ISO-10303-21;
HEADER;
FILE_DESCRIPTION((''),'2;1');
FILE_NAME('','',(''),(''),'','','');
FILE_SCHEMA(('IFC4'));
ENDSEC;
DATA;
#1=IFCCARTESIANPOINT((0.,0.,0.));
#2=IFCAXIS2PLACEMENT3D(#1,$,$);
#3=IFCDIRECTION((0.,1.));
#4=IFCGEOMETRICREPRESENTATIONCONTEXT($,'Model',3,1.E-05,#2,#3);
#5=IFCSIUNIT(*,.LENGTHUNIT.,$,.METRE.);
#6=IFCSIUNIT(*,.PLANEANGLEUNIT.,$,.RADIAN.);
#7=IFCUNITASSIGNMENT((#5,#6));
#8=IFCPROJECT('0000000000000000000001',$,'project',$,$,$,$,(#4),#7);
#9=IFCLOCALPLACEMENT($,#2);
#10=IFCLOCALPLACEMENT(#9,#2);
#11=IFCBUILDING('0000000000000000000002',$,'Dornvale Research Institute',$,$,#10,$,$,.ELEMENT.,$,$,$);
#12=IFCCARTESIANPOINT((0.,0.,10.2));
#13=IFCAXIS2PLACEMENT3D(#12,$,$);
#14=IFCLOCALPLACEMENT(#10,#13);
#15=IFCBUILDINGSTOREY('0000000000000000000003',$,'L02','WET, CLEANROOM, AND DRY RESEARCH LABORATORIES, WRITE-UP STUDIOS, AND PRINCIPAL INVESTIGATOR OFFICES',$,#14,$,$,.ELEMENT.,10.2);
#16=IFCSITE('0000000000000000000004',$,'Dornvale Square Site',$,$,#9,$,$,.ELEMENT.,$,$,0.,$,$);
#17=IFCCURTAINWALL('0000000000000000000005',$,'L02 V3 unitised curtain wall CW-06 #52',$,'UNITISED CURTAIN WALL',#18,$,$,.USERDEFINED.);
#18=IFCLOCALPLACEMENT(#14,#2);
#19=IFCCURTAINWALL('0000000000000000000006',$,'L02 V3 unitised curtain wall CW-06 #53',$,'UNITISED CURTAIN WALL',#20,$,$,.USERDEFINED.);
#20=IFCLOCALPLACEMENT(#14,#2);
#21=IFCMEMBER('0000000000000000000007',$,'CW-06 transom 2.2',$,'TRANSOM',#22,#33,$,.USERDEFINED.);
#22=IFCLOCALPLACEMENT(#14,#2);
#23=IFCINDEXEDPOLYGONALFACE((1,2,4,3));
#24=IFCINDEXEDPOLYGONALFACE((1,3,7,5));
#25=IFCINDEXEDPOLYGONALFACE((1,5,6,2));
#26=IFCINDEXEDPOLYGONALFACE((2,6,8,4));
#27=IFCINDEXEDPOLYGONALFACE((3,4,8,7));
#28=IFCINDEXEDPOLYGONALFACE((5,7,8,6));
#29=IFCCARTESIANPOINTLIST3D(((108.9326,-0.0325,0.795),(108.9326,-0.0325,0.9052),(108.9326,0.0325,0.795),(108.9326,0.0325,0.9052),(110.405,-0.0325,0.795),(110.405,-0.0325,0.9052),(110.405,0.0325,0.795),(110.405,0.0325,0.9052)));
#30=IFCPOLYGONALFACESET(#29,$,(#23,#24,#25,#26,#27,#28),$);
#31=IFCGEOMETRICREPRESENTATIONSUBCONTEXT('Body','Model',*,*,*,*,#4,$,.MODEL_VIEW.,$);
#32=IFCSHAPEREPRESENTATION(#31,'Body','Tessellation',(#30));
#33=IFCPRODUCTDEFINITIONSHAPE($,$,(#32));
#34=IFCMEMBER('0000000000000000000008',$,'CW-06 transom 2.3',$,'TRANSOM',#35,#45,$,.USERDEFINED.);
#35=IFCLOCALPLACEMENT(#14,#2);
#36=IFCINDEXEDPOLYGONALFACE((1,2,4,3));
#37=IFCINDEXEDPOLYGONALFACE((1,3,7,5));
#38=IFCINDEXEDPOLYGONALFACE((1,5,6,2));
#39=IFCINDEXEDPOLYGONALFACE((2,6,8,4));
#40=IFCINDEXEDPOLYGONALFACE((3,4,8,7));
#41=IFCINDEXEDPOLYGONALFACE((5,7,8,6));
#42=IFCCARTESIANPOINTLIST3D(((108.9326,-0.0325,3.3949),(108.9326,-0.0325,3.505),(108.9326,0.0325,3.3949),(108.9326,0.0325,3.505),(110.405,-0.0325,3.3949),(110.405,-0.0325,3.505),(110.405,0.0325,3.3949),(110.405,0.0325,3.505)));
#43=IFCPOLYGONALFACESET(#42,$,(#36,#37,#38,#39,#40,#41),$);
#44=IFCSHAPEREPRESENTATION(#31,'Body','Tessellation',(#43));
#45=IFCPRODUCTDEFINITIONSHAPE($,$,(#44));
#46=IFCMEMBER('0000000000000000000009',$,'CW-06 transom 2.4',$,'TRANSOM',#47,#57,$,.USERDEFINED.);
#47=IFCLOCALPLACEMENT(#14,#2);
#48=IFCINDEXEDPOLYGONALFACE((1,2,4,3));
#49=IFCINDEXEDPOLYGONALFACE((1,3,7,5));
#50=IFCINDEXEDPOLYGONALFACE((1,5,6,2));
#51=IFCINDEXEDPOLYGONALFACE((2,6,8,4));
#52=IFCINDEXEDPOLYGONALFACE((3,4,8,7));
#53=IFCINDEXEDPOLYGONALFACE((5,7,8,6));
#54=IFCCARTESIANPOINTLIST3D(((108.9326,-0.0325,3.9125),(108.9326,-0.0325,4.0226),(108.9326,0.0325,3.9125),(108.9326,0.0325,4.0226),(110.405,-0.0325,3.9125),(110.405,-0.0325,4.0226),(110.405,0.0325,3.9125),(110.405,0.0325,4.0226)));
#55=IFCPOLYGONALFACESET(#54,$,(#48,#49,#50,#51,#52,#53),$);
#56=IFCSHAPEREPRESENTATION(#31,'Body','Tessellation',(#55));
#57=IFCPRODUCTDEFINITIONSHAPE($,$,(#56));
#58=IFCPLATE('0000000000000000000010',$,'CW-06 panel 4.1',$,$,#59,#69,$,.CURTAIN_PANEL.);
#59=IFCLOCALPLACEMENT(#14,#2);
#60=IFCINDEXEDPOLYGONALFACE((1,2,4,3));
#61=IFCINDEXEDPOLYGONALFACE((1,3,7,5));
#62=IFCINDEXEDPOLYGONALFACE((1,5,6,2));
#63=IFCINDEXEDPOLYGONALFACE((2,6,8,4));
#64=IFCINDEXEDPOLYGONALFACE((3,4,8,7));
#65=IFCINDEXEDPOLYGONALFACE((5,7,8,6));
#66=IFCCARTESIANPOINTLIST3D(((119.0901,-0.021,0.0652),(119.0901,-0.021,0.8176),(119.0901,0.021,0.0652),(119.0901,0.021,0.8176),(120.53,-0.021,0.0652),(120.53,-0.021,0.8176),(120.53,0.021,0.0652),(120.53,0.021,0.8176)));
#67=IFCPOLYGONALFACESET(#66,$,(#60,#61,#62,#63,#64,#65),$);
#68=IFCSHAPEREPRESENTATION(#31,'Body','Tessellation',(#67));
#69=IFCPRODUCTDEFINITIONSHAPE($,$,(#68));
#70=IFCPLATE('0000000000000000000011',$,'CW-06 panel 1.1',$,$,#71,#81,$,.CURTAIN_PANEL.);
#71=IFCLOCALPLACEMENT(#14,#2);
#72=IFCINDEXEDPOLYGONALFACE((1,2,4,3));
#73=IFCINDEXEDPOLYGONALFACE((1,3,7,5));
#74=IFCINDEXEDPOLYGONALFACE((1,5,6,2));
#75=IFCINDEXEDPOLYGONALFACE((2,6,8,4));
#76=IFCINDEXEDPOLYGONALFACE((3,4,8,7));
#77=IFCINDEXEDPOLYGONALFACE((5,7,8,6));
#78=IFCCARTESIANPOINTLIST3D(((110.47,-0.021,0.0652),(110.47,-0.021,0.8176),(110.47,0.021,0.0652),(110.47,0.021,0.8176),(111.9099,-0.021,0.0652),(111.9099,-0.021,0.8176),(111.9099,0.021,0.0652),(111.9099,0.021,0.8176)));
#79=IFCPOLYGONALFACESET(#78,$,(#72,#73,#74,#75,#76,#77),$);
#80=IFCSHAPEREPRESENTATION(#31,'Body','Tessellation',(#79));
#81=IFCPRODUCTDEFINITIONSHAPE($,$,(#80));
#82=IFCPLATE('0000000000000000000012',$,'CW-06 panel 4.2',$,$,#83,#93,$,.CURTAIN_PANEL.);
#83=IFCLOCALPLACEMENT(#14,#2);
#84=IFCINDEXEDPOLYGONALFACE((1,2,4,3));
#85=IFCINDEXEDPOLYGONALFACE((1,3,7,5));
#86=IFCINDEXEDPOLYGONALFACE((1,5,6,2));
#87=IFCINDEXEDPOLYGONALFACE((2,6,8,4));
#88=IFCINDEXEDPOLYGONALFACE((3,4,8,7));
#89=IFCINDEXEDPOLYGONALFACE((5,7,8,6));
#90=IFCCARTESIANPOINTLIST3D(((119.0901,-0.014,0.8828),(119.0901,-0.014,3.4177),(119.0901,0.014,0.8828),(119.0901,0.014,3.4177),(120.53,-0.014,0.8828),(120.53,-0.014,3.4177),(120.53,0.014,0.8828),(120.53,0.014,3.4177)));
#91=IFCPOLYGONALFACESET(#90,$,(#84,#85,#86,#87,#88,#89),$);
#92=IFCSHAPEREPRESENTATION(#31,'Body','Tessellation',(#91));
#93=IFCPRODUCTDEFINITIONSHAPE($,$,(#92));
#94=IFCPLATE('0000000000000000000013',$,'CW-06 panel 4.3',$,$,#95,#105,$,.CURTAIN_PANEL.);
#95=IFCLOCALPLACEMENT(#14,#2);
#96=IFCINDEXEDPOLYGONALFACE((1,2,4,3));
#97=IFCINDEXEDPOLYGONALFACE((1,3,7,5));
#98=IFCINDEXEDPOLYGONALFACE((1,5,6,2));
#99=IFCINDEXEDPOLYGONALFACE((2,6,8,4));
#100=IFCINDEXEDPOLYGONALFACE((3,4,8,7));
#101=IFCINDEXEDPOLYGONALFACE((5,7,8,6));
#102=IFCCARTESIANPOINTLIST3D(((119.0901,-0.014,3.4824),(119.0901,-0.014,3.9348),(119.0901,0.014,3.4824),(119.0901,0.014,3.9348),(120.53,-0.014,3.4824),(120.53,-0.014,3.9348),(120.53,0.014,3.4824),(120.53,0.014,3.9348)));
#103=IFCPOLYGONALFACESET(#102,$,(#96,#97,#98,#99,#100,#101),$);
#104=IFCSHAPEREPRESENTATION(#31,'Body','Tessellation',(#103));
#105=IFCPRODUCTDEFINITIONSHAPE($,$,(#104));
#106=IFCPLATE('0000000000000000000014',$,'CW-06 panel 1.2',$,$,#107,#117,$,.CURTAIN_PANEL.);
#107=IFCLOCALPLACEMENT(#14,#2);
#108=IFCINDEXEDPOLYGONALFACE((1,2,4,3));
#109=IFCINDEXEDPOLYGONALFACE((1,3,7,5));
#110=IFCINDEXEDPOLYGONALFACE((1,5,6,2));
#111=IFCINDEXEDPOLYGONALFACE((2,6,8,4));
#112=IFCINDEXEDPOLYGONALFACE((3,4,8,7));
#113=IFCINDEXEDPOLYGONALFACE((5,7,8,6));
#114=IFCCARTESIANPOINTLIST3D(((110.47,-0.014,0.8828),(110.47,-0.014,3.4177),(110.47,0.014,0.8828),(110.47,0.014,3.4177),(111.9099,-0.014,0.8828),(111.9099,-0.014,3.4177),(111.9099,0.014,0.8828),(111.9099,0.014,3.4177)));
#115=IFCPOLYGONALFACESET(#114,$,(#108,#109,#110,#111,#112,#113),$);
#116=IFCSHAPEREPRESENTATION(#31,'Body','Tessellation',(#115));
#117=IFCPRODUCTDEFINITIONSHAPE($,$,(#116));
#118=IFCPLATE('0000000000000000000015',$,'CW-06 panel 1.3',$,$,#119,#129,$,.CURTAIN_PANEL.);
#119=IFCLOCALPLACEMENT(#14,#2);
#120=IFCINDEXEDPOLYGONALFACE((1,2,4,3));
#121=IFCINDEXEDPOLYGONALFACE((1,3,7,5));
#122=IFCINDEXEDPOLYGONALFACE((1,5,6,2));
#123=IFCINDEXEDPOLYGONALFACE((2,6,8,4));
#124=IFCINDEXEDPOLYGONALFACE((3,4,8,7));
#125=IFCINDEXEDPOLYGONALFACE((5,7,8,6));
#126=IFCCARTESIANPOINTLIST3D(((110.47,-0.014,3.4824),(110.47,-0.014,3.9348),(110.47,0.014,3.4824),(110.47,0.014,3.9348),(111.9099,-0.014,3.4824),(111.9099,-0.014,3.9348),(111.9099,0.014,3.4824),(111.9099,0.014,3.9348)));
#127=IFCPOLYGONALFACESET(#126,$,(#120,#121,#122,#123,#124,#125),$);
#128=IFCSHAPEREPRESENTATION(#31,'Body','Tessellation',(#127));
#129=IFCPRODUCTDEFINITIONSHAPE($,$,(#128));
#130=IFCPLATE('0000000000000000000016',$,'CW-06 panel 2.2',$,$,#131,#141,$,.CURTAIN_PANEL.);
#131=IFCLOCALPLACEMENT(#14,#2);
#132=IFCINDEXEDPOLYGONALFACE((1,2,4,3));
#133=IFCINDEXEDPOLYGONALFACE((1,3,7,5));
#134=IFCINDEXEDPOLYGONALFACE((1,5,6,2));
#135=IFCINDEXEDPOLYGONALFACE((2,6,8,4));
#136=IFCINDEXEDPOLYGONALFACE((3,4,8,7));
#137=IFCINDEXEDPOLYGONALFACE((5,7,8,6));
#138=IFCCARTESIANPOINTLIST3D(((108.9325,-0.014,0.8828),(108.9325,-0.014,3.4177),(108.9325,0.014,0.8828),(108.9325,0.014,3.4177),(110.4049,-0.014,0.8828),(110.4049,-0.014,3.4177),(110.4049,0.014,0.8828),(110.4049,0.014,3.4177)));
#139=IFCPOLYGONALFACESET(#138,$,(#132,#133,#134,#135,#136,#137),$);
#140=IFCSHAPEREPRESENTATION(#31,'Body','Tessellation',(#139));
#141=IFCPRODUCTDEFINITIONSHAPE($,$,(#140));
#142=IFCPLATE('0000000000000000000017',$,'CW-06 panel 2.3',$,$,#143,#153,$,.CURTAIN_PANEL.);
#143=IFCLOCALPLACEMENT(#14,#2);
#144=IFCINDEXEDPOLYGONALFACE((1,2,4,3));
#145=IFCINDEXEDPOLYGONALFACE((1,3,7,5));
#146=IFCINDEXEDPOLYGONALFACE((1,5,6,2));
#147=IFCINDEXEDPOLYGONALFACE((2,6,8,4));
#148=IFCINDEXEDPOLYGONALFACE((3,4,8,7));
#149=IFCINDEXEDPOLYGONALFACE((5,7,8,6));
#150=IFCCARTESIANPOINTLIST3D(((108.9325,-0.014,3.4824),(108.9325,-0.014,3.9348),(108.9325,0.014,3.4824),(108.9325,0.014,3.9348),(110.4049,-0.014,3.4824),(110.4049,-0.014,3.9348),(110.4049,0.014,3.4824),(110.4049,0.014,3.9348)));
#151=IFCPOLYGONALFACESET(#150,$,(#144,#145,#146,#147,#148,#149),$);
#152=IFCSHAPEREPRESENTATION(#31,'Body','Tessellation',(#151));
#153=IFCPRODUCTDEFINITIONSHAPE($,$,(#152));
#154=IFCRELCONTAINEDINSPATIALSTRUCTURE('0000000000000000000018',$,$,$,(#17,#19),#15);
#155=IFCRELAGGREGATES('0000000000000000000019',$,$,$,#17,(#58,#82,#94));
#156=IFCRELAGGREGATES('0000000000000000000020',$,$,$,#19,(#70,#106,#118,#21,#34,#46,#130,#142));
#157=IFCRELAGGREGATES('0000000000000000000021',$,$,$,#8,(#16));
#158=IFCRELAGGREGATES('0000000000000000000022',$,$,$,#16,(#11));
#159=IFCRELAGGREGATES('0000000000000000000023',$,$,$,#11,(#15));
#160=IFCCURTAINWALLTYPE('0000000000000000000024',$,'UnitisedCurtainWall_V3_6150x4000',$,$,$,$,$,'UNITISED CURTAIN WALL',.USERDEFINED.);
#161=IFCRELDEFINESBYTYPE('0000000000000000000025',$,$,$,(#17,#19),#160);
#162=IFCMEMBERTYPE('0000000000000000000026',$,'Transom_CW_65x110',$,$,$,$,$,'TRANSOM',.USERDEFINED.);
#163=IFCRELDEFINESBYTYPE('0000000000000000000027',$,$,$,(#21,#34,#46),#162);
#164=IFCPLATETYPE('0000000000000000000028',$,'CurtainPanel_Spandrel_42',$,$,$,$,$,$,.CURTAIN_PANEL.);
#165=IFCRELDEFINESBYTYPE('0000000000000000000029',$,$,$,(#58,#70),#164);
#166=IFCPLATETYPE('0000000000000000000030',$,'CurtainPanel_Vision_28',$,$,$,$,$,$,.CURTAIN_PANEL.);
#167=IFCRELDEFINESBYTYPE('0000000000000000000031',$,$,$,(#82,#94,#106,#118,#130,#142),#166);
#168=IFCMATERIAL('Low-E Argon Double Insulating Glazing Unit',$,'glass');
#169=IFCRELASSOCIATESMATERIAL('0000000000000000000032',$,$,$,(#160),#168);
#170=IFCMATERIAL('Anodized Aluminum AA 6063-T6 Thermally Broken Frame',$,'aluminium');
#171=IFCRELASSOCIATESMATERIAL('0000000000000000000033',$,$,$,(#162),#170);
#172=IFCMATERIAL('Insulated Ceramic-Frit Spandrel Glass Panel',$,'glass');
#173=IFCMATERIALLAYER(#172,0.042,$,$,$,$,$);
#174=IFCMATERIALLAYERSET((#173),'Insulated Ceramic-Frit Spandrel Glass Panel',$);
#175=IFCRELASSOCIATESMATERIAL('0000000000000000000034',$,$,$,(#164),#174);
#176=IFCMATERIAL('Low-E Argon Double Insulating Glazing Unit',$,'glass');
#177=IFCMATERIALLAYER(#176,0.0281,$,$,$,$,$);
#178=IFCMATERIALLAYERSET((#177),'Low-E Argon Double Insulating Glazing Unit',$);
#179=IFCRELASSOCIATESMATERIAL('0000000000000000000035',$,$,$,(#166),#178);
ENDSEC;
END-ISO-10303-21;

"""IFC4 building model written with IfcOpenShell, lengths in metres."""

from ifc_helpers import new_model, si_unit, direction, frame, origin, origin_2d, place, context, subcontext, project, spatial, rectangle, extrude, material, layer, layer_set, material_profile, profile_set, type_object, element, aggregate, save


model = new_model("IFC4")

# Units and contexts
model_context = context("Model", 3, precision=1e-05, world=origin(), true_north=direction((0.0, 1.0)))
body_context = subcontext(model_context, "Body", "Model", "MODEL_VIEW")
ifc_project = project(units=[si_unit("LENGTHUNIT", "METRE"), si_unit("PLANEANGLEUNIT", "RADIAN")], contexts=[model_context])

# Site, building, storey
site_placement = place(None, origin())
site = spatial("IfcSite", under=ifc_project, at=site_placement, Name="Dornvale Square Site", CompositionType="ELEMENT", RefElevation=0.0)
building_placement = place(site_placement, origin())
building = spatial("IfcBuilding", under=site, at=building_placement, Name="Dornvale Research Institute", CompositionType="ELEMENT")
storey_placement = place(building_placement, frame((0.0, 0.0, 10.2)))
storey = spatial("IfcBuildingStorey", under=building, at=storey_placement, Name="L02", Description="WET, CLEANROOM, AND DRY RESEARCH LABORATORIES, WRITE-UP STUDIOS, AND PRINCIPAL INVESTIGATOR OFFICES", CompositionType="ELEMENT", Elevation=10.2)

# Curtain wall
ifc_material_1 = material(Name="Low-E Argon Double Insulating Glazing Unit", Category="glass")
curtain_wall_type = type_object("IfcCurtainWallType", Name="UnitisedCurtainWall_V3_6150x4000", ElementType="UNITISED CURTAIN WALL", PredefinedType="USERDEFINED", material=ifc_material_1)
curtain_wall_1_placement = place(storey_placement, origin())
curtain_wall_1 = element("IfcCurtainWall", 1, at=curtain_wall_1_placement, inside=storey, type_object=curtain_wall_type, Name="L02 V3 unitised curtain wall CW-06 #52", ObjectType="UNITISED CURTAIN WALL", PredefinedType="USERDEFINED")

# Curtain wall
curtain_wall_2_placement = place(storey_placement, origin())
curtain_wall_2 = element("IfcCurtainWall", 2, at=curtain_wall_2_placement, inside=storey, type_object=curtain_wall_type, Name="L02 V3 unitised curtain wall CW-06 #53", ObjectType="UNITISED CURTAIN WALL", PredefinedType="USERDEFINED")

# Members
ifc_material_2 = material(Name="Anodized Aluminum AA 6063-T6 Thermally Broken Frame", Category="aluminium")
ifc_material_profile_1 = material_profile(ifc_material_2, rectangle(XDim=0.0649, YDim=0.1101, at=origin_2d()), Name="ALU TRANSOM 65x110")
ifc_profile_set_1 = profile_set([ifc_material_profile_1], Name="Anodized Aluminum AA 6063-T6 Thermally Broken Frame")
member_type_1 = type_object("IfcMemberType", Name="Transom_CW_65x110", ElementType="TRANSOM", PredefinedType="USERDEFINED", material=ifc_profile_set_1)
member_1_placement = place(storey_placement, frame((110.405, 0.0, 0.8501), z_axis=(-1.0, 0.0, 0.0), x_axis=(0.0, -1.0, 0.0)))
member_1 = element("IfcMember", 3, at=member_1_placement, type_object=member_type_1, Name="CW-06 transom 2.2", ObjectType="TRANSOM", PredefinedType="USERDEFINED", context=body_context, shape_type="SweptSolid", body=[
    extrude(rectangle(XDim=0.0649, YDim=0.1101, at=origin_2d()), origin(), (0.0, 0.0, 1.0), 1.4724),
])
member_2_placement = place(storey_placement, frame((110.405, 0.0, 3.45), z_axis=(-1.0, 0.0, 0.0), x_axis=(0.0, -1.0, 0.0)))
member_2 = element("IfcMember", 4, at=member_2_placement, type_object=member_type_1, Name="CW-06 transom 2.3", ObjectType="TRANSOM", PredefinedType="USERDEFINED", context=body_context, shape_type="SweptSolid", body=[
    extrude(rectangle(XDim=0.0649, YDim=0.1101, at=origin_2d()), origin(), (0.0, 0.0, 1.0), 1.4724),
])
member_3_placement = place(storey_placement, frame((110.405, 0.0, 3.9675), z_axis=(-1.0, 0.0, 0.0), x_axis=(0.0, -1.0, 0.0)))
member_3 = element("IfcMember", 5, at=member_3_placement, type_object=member_type_1, Name="CW-06 transom 2.4", ObjectType="TRANSOM", PredefinedType="USERDEFINED", context=body_context, shape_type="SweptSolid", body=[
    extrude(rectangle(XDim=0.0649, YDim=0.1101, at=origin_2d()), origin(), (0.0, 0.0, 1.0), 1.4724),
])

# Plates
ifc_material_3 = material(Name="Insulated Ceramic-Frit Spandrel Glass Panel", Category="glass")
ifc_layer_1 = layer(ifc_material_3, 0.042)
ifc_layer_set_1 = layer_set([ifc_layer_1], Name="Insulated Ceramic-Frit Spandrel Glass Panel")
plate_type_1 = type_object("IfcPlateType", Name="CurtainPanel_Spandrel_42", PredefinedType="CURTAIN_PANEL", material=ifc_layer_set_1)
plate_1_placement = place(storey_placement, frame((119.8101, 0.0, 0.0652), z_axis=(0.0, 0.0, 1.0), x_axis=(-1.0, 0.0, 0.0)))
plate_1 = element("IfcPlate", 6, at=plate_1_placement, type_object=plate_type_1, Name="CW-06 panel 4.1", PredefinedType="CURTAIN_PANEL", context=body_context, shape_type="SweptSolid", body=[
    extrude(rectangle(XDim=1.4399, YDim=0.042, at=origin_2d()), origin(), (0.0, 0.0, 1.0), 0.7524),
])
plate_2_placement = place(storey_placement, frame((111.1899, 0.0, 0.0652), z_axis=(0.0, 0.0, 1.0), x_axis=(-1.0, 0.0, 0.0)))
plate_2 = element("IfcPlate", 7, at=plate_2_placement, type_object=plate_type_1, Name="CW-06 panel 1.1", PredefinedType="CURTAIN_PANEL", context=body_context, shape_type="SweptSolid", body=[
    extrude(rectangle(XDim=1.4399, YDim=0.042, at=origin_2d()), origin(), (0.0, 0.0, 1.0), 0.7524),
])
ifc_material_4 = material(Name="Low-E Argon Double Insulating Glazing Unit", Category="glass")
ifc_layer_2 = layer(ifc_material_4, 0.0281)
ifc_layer_set_2 = layer_set([ifc_layer_2], Name="Low-E Argon Double Insulating Glazing Unit")
plate_type_2 = type_object("IfcPlateType", Name="CurtainPanel_Vision_28", PredefinedType="CURTAIN_PANEL", material=ifc_layer_set_2)
plate_3_placement = place(storey_placement, frame((119.8101, 0.0, 0.8828), z_axis=(0.0, 0.0, 1.0), x_axis=(-1.0, 0.0, 0.0)))
plate_3 = element("IfcPlate", 8, at=plate_3_placement, type_object=plate_type_2, Name="CW-06 panel 4.2", PredefinedType="CURTAIN_PANEL", context=body_context, shape_type="SweptSolid", body=[
    extrude(rectangle(XDim=1.4399, YDim=0.0281, at=origin_2d()), origin(), (0.0, 0.0, 1.0), 2.5349),
])
plate_4_placement = place(storey_placement, frame((119.8101, 0.0, 3.4824), z_axis=(0.0, 0.0, 1.0), x_axis=(-1.0, 0.0, 0.0)))
plate_4 = element("IfcPlate", 9, at=plate_4_placement, type_object=plate_type_2, Name="CW-06 panel 4.3", PredefinedType="CURTAIN_PANEL", context=body_context, shape_type="SweptSolid", body=[
    extrude(rectangle(XDim=1.4399, YDim=0.0281, at=origin_2d()), origin(), (0.0, 0.0, 1.0), 0.4524),
])
aggregate(curtain_wall_1, [plate_1, plate_3, plate_4])
plate_5_placement = place(storey_placement, frame((111.1899, 0.0, 0.8828), z_axis=(0.0, 0.0, 1.0), x_axis=(-1.0, 0.0, 0.0)))
plate_5 = element("IfcPlate", 10, at=plate_5_placement, type_object=plate_type_2, Name="CW-06 panel 1.2", PredefinedType="CURTAIN_PANEL", context=body_context, shape_type="SweptSolid", body=[
    extrude(rectangle(XDim=1.4399, YDim=0.0281, at=origin_2d()), origin(), (0.0, 0.0, 1.0), 2.5349),
])
plate_6_placement = place(storey_placement, frame((111.1899, 0.0, 3.4824), z_axis=(0.0, 0.0, 1.0), x_axis=(-1.0, 0.0, 0.0)))
plate_6 = element("IfcPlate", 11, at=plate_6_placement, type_object=plate_type_2, Name="CW-06 panel 1.3", PredefinedType="CURTAIN_PANEL", context=body_context, shape_type="SweptSolid", body=[
    extrude(rectangle(XDim=1.4399, YDim=0.0281, at=origin_2d()), origin(), (0.0, 0.0, 1.0), 0.4524),
])
plate_7_placement = place(storey_placement, frame((109.6687, 0.0, 0.8828), z_axis=(0.0, 0.0, 1.0), x_axis=(-1.0, 0.0, 0.0)))
plate_7 = element("IfcPlate", 12, at=plate_7_placement, type_object=plate_type_2, Name="CW-06 panel 2.2", PredefinedType="CURTAIN_PANEL", context=body_context, shape_type="SweptSolid", body=[
    extrude(rectangle(XDim=1.4724, YDim=0.0281, at=origin_2d()), origin(), (0.0, 0.0, 1.0), 2.5349),
])
plate_8_placement = place(storey_placement, frame((109.6687, 0.0, 3.4824), z_axis=(0.0, 0.0, 1.0), x_axis=(-1.0, 0.0, 0.0)))
plate_8 = element("IfcPlate", 13, at=plate_8_placement, type_object=plate_type_2, Name="CW-06 panel 2.3", PredefinedType="CURTAIN_PANEL", context=body_context, shape_type="SweptSolid", body=[
    extrude(rectangle(XDim=1.4724, YDim=0.0281, at=origin_2d()), origin(), (0.0, 0.0, 1.0), 0.4524),
])
aggregate(curtain_wall_2, [plate_2, plate_5, plate_6, member_1, member_2, member_3, plate_7, plate_8])

save(model, "model.ifc")
